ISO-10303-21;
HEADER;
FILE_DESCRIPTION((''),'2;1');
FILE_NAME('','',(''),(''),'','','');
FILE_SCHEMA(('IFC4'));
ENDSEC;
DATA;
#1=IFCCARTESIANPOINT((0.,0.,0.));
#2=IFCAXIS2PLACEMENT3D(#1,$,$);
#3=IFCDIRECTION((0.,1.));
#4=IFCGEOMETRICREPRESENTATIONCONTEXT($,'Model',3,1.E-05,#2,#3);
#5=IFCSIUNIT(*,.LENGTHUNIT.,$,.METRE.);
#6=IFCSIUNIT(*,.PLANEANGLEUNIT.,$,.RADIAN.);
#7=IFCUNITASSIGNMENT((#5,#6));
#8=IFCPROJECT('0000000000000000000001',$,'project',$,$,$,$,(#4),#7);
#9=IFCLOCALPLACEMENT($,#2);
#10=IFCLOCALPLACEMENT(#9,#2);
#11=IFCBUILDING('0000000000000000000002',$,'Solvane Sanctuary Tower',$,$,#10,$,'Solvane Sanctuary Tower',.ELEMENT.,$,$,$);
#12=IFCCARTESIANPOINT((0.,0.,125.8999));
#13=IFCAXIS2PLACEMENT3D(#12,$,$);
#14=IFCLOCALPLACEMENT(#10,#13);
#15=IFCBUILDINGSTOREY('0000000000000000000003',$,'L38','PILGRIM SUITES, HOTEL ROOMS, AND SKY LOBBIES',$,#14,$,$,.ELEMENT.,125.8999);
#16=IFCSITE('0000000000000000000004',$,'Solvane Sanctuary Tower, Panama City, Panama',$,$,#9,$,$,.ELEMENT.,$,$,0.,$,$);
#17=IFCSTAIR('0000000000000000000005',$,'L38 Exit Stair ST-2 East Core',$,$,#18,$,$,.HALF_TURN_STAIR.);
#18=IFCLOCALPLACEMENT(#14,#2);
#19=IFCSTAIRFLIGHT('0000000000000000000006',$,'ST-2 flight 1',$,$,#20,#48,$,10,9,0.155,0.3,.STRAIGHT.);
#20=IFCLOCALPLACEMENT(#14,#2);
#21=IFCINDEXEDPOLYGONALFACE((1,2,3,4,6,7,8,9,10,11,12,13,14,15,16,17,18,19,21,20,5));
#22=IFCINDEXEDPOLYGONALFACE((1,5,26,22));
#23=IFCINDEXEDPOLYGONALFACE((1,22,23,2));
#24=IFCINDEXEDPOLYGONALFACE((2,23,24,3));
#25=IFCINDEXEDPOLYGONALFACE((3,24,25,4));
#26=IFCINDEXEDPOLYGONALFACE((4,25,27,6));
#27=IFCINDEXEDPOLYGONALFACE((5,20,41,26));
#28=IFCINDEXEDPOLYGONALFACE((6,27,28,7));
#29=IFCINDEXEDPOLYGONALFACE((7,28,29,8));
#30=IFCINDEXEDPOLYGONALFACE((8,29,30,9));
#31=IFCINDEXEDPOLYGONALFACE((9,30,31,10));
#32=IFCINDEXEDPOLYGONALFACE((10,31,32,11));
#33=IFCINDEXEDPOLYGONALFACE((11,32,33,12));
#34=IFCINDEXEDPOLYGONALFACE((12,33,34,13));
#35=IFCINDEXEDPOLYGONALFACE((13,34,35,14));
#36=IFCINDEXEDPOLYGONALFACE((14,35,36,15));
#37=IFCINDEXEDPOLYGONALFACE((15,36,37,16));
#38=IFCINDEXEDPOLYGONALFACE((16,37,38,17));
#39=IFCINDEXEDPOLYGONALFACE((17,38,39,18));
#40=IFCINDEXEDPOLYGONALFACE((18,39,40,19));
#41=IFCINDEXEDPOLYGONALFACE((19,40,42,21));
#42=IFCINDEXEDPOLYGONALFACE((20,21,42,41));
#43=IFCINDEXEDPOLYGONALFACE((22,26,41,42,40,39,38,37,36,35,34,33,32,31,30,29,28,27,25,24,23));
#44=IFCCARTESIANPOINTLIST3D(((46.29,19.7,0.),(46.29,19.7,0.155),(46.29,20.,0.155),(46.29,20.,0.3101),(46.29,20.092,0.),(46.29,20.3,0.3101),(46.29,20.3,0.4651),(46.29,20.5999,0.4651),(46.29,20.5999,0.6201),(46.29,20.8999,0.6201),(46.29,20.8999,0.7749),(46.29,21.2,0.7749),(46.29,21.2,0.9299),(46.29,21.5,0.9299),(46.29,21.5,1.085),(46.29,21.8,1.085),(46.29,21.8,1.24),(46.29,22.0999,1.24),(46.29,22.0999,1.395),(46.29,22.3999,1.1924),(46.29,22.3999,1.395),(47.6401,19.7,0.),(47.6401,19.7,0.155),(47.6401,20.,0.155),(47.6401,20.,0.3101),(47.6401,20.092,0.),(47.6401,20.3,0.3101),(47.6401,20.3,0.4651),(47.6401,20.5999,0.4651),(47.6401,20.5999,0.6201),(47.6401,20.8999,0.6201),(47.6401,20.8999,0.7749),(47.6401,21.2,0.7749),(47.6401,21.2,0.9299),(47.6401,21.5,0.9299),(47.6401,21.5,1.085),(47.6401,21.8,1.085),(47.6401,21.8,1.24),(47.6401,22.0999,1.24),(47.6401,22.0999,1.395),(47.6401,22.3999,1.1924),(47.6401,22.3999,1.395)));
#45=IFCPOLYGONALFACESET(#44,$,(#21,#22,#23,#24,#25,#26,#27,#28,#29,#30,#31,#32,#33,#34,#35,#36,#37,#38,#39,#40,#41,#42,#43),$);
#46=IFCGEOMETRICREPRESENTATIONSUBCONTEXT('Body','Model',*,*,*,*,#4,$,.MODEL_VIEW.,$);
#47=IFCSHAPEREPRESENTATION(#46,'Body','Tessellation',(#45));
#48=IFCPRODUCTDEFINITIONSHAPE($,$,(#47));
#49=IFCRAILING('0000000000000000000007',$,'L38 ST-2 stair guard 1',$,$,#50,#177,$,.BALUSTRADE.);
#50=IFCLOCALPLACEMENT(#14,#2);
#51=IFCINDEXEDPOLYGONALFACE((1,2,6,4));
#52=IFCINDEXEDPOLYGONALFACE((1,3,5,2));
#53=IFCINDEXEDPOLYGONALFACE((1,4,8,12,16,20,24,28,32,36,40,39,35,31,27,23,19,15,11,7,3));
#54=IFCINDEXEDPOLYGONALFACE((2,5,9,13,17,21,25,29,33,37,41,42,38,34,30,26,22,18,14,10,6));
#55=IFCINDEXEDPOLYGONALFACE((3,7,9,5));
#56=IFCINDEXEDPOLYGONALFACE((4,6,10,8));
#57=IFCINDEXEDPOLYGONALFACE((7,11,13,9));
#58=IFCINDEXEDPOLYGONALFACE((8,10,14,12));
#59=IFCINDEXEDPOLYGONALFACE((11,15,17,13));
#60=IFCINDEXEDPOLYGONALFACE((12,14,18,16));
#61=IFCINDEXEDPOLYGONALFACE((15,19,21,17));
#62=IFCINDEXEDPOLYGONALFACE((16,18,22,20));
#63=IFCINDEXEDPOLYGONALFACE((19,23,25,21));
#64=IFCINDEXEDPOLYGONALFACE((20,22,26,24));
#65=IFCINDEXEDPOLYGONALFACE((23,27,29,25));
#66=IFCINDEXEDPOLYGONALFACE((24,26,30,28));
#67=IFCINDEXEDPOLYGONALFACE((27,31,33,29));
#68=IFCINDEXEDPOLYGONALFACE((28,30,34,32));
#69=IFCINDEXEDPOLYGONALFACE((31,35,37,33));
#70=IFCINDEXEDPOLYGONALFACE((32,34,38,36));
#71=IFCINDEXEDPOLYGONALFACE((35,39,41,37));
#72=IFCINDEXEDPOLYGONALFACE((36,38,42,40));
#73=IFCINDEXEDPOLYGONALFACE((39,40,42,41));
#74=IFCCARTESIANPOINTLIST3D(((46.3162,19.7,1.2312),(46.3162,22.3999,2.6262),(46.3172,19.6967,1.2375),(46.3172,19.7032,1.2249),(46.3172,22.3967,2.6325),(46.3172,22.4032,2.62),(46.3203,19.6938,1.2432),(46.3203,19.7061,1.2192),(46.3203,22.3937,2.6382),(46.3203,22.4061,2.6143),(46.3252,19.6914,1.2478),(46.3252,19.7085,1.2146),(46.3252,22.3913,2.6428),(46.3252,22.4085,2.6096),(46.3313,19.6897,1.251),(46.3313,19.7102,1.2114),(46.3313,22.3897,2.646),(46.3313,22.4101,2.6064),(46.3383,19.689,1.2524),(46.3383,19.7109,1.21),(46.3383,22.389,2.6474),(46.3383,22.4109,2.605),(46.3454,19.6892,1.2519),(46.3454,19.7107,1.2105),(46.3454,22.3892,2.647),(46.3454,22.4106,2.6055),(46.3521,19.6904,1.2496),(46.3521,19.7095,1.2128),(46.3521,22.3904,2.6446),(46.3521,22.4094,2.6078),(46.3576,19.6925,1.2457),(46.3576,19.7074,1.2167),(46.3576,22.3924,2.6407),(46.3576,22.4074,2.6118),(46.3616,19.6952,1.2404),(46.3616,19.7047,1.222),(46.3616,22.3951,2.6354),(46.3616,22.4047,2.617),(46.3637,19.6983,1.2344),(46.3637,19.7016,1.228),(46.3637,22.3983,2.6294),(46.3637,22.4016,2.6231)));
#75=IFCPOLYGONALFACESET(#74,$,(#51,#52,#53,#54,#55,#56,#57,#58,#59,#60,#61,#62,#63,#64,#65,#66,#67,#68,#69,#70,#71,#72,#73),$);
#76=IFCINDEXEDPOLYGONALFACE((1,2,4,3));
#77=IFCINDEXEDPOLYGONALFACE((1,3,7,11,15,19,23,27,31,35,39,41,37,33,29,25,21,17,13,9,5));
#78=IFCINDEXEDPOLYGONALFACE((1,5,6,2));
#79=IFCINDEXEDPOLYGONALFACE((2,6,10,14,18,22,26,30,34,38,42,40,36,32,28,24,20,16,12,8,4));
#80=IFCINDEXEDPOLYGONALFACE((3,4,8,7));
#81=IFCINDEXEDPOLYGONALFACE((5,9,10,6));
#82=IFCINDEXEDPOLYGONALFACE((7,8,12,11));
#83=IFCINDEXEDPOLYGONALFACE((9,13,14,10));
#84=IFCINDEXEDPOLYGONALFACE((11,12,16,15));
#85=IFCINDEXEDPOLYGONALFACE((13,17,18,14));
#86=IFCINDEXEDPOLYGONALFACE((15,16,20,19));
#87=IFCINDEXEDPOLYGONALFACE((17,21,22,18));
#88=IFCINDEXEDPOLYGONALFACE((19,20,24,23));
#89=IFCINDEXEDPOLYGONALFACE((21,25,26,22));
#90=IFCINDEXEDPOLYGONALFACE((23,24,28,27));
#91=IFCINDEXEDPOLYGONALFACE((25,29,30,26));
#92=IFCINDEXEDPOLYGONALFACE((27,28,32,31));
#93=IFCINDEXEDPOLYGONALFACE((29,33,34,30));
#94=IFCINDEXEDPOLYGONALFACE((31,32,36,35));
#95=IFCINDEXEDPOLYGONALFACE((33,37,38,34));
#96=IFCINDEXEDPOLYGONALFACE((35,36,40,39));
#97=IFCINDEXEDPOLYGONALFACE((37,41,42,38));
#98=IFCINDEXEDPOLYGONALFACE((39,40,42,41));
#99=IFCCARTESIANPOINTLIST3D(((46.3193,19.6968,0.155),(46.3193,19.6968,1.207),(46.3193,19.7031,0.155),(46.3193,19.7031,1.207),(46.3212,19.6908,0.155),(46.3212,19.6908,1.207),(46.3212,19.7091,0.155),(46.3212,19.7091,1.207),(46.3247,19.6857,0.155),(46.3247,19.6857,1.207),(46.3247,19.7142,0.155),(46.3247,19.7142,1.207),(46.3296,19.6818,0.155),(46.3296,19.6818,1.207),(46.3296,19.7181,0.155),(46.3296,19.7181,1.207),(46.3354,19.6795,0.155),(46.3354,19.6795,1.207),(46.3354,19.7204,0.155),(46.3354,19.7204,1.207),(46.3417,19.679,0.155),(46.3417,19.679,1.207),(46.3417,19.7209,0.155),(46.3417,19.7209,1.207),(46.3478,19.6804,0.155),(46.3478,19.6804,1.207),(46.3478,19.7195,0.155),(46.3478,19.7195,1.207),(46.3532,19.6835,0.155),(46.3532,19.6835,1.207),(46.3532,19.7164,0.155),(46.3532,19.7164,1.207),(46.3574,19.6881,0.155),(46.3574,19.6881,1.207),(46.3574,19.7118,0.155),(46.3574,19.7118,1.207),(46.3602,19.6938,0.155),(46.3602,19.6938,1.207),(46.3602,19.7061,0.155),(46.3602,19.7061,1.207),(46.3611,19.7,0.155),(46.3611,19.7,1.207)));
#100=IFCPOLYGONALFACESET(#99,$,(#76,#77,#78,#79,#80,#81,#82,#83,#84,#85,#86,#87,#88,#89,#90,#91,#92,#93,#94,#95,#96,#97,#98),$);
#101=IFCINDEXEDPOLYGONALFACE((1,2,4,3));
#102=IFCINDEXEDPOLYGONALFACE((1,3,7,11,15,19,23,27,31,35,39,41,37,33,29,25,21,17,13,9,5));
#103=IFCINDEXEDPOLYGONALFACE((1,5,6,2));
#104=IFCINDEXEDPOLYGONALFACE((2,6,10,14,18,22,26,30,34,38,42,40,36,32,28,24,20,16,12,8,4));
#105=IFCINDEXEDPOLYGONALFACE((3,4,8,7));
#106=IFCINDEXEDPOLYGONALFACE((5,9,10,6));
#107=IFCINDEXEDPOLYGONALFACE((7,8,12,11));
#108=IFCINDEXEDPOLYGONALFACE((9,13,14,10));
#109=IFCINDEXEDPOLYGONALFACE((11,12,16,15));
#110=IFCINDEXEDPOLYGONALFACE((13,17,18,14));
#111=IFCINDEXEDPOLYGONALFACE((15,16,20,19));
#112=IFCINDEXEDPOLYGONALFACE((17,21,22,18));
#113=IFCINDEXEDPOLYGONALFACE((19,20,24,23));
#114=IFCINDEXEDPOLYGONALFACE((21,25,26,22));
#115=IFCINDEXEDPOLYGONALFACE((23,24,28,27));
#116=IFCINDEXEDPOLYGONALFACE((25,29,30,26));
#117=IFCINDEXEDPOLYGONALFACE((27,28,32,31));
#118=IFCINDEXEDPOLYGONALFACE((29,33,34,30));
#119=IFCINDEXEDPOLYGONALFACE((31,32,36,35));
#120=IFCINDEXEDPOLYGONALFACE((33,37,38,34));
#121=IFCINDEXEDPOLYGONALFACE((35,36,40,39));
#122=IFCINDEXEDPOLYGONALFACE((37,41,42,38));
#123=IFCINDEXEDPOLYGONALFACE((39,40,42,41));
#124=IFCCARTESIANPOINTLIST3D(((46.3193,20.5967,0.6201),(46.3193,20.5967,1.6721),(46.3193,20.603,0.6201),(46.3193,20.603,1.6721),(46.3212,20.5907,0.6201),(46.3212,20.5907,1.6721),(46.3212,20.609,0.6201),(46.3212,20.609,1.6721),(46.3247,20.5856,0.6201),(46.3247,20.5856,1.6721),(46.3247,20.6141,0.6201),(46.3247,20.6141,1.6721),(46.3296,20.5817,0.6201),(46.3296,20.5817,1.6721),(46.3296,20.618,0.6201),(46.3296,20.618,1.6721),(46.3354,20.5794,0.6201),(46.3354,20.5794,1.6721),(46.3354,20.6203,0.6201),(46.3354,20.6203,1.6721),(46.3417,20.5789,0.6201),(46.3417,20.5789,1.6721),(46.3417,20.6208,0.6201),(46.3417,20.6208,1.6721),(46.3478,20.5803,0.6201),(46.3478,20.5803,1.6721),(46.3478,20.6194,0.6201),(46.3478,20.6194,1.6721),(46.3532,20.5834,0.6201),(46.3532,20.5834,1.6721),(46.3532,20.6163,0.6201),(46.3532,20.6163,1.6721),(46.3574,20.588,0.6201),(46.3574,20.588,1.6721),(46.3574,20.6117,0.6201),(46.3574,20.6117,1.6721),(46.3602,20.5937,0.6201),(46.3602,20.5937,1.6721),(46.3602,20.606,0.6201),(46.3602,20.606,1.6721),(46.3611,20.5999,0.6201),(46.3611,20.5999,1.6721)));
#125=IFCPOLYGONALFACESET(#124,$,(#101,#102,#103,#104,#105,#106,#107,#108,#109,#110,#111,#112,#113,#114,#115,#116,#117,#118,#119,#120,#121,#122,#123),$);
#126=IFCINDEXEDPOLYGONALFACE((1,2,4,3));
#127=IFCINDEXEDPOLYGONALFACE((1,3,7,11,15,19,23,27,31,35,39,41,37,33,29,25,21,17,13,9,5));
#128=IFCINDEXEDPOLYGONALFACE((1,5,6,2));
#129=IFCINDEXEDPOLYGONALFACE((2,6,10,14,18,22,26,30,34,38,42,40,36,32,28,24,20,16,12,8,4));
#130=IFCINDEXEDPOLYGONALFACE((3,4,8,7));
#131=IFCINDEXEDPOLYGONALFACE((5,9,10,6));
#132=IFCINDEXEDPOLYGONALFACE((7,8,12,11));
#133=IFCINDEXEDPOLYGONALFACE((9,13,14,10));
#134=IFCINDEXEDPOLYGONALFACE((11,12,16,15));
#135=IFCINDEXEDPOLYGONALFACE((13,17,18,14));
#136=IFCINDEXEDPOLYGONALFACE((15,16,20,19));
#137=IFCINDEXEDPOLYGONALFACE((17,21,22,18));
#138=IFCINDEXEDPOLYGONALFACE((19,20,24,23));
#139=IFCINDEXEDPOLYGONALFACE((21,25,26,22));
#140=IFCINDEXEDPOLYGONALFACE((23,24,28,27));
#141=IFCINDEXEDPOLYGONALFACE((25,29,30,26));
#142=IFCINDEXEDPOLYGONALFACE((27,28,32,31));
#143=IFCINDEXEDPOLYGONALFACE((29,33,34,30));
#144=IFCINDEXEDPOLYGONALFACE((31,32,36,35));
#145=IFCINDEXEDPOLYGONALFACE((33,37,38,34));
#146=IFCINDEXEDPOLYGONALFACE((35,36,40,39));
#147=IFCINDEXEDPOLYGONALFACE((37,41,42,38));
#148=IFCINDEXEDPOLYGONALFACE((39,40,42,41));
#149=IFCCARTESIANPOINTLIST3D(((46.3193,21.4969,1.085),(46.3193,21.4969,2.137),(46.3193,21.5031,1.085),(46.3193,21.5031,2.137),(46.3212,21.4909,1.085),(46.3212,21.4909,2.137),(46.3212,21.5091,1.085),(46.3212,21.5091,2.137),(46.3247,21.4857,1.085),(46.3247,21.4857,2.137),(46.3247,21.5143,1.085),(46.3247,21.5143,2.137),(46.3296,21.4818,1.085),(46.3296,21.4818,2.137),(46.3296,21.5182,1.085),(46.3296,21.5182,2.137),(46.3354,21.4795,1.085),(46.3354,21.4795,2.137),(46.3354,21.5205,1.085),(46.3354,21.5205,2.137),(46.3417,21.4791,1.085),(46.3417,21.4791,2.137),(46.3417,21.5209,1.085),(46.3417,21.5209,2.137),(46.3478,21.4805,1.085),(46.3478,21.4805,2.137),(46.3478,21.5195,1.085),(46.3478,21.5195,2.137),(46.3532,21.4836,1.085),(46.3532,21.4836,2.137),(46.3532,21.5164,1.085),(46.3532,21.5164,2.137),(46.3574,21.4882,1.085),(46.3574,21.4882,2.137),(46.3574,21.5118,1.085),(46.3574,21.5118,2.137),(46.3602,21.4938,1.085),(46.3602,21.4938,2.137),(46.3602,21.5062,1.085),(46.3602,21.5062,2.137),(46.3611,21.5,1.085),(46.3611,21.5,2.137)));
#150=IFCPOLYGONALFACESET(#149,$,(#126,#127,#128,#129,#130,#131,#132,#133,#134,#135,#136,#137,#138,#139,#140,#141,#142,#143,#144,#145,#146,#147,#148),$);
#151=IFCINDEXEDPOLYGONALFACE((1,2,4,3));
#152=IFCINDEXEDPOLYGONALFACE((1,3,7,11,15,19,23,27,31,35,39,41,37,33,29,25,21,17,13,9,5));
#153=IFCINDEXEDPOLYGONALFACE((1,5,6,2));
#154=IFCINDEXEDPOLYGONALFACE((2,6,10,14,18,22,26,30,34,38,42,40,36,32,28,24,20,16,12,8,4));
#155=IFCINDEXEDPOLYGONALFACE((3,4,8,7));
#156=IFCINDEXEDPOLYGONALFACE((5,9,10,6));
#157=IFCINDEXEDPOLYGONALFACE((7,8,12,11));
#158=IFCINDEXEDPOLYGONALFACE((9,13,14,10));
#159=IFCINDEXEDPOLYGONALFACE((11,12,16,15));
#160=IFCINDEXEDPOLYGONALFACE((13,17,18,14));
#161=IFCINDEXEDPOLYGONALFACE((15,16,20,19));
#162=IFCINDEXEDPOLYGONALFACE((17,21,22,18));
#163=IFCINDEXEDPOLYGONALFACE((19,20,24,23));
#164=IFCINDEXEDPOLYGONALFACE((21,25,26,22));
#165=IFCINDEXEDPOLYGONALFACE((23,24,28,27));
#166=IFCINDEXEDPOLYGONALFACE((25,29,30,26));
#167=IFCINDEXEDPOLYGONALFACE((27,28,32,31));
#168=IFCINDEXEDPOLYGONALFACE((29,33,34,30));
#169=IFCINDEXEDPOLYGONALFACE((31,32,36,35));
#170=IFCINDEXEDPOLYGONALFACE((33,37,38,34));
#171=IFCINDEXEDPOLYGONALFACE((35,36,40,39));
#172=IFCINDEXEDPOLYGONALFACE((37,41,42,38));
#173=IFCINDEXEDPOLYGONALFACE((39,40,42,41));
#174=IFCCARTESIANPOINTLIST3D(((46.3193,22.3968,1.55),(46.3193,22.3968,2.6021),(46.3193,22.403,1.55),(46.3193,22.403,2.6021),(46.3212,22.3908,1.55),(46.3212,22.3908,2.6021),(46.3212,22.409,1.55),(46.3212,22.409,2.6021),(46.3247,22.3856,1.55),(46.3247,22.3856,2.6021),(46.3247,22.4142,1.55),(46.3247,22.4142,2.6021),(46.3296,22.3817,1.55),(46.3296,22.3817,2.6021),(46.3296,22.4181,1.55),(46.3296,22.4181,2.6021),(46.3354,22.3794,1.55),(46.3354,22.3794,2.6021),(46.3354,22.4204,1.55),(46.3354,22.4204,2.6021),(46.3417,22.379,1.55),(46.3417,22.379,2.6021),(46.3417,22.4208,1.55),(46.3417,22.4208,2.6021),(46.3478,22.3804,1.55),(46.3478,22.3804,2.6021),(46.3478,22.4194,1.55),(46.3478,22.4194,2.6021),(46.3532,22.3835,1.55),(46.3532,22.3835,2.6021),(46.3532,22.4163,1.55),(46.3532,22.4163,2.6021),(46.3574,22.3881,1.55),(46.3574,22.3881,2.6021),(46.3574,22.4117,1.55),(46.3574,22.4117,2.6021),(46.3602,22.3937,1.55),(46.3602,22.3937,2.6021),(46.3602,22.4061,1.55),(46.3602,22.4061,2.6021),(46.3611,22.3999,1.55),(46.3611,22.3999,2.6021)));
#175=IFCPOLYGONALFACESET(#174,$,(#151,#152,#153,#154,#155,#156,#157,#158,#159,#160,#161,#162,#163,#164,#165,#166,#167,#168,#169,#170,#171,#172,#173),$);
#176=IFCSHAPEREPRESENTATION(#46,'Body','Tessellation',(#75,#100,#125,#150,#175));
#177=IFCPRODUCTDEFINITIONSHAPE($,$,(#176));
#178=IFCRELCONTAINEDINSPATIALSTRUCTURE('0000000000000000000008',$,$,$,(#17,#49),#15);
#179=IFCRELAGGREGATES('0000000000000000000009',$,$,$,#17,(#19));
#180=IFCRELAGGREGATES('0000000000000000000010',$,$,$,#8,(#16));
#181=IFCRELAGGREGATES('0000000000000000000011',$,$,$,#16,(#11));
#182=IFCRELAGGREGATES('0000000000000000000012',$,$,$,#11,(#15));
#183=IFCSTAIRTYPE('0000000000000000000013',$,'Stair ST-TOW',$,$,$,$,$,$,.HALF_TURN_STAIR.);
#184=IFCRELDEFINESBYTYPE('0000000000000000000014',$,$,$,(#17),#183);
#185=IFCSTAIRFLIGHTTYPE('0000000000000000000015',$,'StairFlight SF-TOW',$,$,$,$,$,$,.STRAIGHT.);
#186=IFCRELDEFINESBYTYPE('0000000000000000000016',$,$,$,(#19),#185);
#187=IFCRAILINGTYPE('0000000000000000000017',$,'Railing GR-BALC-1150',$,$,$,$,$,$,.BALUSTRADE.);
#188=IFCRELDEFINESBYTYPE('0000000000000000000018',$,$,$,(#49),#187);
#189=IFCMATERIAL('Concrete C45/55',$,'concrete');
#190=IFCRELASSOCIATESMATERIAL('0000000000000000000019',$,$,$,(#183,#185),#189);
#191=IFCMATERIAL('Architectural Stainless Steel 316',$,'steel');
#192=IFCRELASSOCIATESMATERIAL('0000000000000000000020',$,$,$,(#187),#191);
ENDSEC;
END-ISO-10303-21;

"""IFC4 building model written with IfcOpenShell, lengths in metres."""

from ifc_helpers import new_model, si_unit, direction, frame, origin, origin_2d, place, context, subcontext, project, spatial, polyline, circle, outline, extrude, material, type_object, element, aggregate, save


model = new_model("IFC4")

# Units and contexts
model_context = context("Model", 3, precision=1e-05, world=origin(), true_north=direction((0.0, 1.0)))
body_context = subcontext(model_context, "Body", "Model", "MODEL_VIEW")
ifc_project = project(units=[si_unit("LENGTHUNIT", "METRE"), si_unit("PLANEANGLEUNIT", "RADIAN")], contexts=[model_context])

# Site, building, storey
site_placement = place(None, origin())
site = spatial("IfcSite", under=ifc_project, at=site_placement, Name="Solvane Sanctuary Tower, Panama City, Panama", CompositionType="ELEMENT", RefElevation=0.0)
building_placement = place(site_placement, origin())
building = spatial("IfcBuilding", under=site, at=building_placement, Name="Solvane Sanctuary Tower", LongName="Solvane Sanctuary Tower", CompositionType="ELEMENT")
storey_placement = place(building_placement, frame((0.0, 0.0, 125.8999)))
storey = spatial("IfcBuildingStorey", under=building, at=storey_placement, Name="L38", Description="PILGRIM SUITES, HOTEL ROOMS, AND SKY LOBBIES", CompositionType="ELEMENT", Elevation=125.8999)

# Shared definitions
ifc_material_1 = material(Name="Architectural Stainless Steel 316", Category="steel")

# Stair, stair flight
ifc_material_2 = material(Name="Concrete C45/55", Category="concrete")
stair_type = type_object("IfcStairType", Name="Stair ST-TOW", PredefinedType="HALF_TURN_STAIR", material=ifc_material_2)
stair_placement = place(storey_placement, origin())
stair = element("IfcStair", 1, at=stair_placement, inside=storey, type_object=stair_type, Name="L38 Exit Stair ST-2 East Core", PredefinedType="HALF_TURN_STAIR")
stair_flight_type = type_object("IfcStairFlightType", Name="StairFlight SF-TOW", PredefinedType="STRAIGHT", material=ifc_material_2)
stair_flight_placement = place(storey_placement, frame((46.9651, 19.7, 0.0), z_axis=(0.0, 0.0, 1.0), x_axis=(0.0, 1.0, 0.0)))
stair_flight = element("IfcStairFlight", 2, at=stair_flight_placement, type_object=stair_flight_type, Name="ST-2 flight 1", NumberOfRisers=10, NumberOfTreads=9, PredefinedType="STRAIGHT", RiserHeight=0.155, TreadLength=0.3, context=body_context, shape_type="SweptSolid", body=[
    extrude(outline(polyline([(0.0, 0.0), (0.0, 0.155), (0.3, 0.155), (0.3, 0.3101), (0.6001, 0.3101), (0.6001, 0.4651), (0.8999, 0.4651), (0.8999, 0.6201), (1.2, 0.6201), (1.2, 0.7749), (1.5, 0.7749), (1.5, 0.9299), (1.8, 0.9299), (1.8, 1.085), (2.1001, 1.085), (2.1001, 1.24), (2.3999, 1.24), (2.3999, 1.395), (2.7, 1.395), (2.7, 1.55), (2.7, 1.1924), (0.3921, 0.0), (0.0, 0.0)])), frame((0.0, 0.675, 0.0), z_axis=(0.0, -1.0, 0.0), x_axis=(1.0, 0.0, 0.0)), (0.0, 0.0, 1.0), 1.3501),
])
aggregate(stair, [stair_flight])

# Railing
railing_type_1 = type_object("IfcRailingType", Name="Railing GR-BALC-1150", PredefinedType="BALUSTRADE", material=ifc_material_1)
railing_1_placement = place(storey_placement, frame((46.3401, 19.7, 0.155)))
element("IfcRailing", 3, at=railing_1_placement, inside=storey, type_object=railing_type_1, Name="L38 ST-2 stair guard 1", PredefinedType="BALUSTRADE", context=body_context, shape_type="SweptSolid", body=[
    extrude(circle(Radius=0.0239, at=origin_2d()), frame((0.0, 0.0, 1.0762), z_axis=(0.0, 0.88842, 0.459032), x_axis=(-1.0, 0.0, 0.0)), (0.0, 0.0, 1.0), 3.0391),
    extrude(circle(Radius=0.021, at=origin_2d()), origin(), (0.0, 0.0, 1.0), 1.052),
    extrude(circle(Radius=0.021, at=origin_2d()), frame((0.0, 0.8999, 0.4651)), (0.0, 0.0, 1.0), 1.052),
    extrude(circle(Radius=0.021, at=origin_2d()), frame((0.0, 1.8, 0.9299)), (0.0, 0.0, 1.0), 1.052),
    extrude(circle(Radius=0.021, at=origin_2d()), frame((0.0, 2.7, 1.395)), (0.0, 0.0, 1.0), 1.052),
])

save(model, "model.ifc")
